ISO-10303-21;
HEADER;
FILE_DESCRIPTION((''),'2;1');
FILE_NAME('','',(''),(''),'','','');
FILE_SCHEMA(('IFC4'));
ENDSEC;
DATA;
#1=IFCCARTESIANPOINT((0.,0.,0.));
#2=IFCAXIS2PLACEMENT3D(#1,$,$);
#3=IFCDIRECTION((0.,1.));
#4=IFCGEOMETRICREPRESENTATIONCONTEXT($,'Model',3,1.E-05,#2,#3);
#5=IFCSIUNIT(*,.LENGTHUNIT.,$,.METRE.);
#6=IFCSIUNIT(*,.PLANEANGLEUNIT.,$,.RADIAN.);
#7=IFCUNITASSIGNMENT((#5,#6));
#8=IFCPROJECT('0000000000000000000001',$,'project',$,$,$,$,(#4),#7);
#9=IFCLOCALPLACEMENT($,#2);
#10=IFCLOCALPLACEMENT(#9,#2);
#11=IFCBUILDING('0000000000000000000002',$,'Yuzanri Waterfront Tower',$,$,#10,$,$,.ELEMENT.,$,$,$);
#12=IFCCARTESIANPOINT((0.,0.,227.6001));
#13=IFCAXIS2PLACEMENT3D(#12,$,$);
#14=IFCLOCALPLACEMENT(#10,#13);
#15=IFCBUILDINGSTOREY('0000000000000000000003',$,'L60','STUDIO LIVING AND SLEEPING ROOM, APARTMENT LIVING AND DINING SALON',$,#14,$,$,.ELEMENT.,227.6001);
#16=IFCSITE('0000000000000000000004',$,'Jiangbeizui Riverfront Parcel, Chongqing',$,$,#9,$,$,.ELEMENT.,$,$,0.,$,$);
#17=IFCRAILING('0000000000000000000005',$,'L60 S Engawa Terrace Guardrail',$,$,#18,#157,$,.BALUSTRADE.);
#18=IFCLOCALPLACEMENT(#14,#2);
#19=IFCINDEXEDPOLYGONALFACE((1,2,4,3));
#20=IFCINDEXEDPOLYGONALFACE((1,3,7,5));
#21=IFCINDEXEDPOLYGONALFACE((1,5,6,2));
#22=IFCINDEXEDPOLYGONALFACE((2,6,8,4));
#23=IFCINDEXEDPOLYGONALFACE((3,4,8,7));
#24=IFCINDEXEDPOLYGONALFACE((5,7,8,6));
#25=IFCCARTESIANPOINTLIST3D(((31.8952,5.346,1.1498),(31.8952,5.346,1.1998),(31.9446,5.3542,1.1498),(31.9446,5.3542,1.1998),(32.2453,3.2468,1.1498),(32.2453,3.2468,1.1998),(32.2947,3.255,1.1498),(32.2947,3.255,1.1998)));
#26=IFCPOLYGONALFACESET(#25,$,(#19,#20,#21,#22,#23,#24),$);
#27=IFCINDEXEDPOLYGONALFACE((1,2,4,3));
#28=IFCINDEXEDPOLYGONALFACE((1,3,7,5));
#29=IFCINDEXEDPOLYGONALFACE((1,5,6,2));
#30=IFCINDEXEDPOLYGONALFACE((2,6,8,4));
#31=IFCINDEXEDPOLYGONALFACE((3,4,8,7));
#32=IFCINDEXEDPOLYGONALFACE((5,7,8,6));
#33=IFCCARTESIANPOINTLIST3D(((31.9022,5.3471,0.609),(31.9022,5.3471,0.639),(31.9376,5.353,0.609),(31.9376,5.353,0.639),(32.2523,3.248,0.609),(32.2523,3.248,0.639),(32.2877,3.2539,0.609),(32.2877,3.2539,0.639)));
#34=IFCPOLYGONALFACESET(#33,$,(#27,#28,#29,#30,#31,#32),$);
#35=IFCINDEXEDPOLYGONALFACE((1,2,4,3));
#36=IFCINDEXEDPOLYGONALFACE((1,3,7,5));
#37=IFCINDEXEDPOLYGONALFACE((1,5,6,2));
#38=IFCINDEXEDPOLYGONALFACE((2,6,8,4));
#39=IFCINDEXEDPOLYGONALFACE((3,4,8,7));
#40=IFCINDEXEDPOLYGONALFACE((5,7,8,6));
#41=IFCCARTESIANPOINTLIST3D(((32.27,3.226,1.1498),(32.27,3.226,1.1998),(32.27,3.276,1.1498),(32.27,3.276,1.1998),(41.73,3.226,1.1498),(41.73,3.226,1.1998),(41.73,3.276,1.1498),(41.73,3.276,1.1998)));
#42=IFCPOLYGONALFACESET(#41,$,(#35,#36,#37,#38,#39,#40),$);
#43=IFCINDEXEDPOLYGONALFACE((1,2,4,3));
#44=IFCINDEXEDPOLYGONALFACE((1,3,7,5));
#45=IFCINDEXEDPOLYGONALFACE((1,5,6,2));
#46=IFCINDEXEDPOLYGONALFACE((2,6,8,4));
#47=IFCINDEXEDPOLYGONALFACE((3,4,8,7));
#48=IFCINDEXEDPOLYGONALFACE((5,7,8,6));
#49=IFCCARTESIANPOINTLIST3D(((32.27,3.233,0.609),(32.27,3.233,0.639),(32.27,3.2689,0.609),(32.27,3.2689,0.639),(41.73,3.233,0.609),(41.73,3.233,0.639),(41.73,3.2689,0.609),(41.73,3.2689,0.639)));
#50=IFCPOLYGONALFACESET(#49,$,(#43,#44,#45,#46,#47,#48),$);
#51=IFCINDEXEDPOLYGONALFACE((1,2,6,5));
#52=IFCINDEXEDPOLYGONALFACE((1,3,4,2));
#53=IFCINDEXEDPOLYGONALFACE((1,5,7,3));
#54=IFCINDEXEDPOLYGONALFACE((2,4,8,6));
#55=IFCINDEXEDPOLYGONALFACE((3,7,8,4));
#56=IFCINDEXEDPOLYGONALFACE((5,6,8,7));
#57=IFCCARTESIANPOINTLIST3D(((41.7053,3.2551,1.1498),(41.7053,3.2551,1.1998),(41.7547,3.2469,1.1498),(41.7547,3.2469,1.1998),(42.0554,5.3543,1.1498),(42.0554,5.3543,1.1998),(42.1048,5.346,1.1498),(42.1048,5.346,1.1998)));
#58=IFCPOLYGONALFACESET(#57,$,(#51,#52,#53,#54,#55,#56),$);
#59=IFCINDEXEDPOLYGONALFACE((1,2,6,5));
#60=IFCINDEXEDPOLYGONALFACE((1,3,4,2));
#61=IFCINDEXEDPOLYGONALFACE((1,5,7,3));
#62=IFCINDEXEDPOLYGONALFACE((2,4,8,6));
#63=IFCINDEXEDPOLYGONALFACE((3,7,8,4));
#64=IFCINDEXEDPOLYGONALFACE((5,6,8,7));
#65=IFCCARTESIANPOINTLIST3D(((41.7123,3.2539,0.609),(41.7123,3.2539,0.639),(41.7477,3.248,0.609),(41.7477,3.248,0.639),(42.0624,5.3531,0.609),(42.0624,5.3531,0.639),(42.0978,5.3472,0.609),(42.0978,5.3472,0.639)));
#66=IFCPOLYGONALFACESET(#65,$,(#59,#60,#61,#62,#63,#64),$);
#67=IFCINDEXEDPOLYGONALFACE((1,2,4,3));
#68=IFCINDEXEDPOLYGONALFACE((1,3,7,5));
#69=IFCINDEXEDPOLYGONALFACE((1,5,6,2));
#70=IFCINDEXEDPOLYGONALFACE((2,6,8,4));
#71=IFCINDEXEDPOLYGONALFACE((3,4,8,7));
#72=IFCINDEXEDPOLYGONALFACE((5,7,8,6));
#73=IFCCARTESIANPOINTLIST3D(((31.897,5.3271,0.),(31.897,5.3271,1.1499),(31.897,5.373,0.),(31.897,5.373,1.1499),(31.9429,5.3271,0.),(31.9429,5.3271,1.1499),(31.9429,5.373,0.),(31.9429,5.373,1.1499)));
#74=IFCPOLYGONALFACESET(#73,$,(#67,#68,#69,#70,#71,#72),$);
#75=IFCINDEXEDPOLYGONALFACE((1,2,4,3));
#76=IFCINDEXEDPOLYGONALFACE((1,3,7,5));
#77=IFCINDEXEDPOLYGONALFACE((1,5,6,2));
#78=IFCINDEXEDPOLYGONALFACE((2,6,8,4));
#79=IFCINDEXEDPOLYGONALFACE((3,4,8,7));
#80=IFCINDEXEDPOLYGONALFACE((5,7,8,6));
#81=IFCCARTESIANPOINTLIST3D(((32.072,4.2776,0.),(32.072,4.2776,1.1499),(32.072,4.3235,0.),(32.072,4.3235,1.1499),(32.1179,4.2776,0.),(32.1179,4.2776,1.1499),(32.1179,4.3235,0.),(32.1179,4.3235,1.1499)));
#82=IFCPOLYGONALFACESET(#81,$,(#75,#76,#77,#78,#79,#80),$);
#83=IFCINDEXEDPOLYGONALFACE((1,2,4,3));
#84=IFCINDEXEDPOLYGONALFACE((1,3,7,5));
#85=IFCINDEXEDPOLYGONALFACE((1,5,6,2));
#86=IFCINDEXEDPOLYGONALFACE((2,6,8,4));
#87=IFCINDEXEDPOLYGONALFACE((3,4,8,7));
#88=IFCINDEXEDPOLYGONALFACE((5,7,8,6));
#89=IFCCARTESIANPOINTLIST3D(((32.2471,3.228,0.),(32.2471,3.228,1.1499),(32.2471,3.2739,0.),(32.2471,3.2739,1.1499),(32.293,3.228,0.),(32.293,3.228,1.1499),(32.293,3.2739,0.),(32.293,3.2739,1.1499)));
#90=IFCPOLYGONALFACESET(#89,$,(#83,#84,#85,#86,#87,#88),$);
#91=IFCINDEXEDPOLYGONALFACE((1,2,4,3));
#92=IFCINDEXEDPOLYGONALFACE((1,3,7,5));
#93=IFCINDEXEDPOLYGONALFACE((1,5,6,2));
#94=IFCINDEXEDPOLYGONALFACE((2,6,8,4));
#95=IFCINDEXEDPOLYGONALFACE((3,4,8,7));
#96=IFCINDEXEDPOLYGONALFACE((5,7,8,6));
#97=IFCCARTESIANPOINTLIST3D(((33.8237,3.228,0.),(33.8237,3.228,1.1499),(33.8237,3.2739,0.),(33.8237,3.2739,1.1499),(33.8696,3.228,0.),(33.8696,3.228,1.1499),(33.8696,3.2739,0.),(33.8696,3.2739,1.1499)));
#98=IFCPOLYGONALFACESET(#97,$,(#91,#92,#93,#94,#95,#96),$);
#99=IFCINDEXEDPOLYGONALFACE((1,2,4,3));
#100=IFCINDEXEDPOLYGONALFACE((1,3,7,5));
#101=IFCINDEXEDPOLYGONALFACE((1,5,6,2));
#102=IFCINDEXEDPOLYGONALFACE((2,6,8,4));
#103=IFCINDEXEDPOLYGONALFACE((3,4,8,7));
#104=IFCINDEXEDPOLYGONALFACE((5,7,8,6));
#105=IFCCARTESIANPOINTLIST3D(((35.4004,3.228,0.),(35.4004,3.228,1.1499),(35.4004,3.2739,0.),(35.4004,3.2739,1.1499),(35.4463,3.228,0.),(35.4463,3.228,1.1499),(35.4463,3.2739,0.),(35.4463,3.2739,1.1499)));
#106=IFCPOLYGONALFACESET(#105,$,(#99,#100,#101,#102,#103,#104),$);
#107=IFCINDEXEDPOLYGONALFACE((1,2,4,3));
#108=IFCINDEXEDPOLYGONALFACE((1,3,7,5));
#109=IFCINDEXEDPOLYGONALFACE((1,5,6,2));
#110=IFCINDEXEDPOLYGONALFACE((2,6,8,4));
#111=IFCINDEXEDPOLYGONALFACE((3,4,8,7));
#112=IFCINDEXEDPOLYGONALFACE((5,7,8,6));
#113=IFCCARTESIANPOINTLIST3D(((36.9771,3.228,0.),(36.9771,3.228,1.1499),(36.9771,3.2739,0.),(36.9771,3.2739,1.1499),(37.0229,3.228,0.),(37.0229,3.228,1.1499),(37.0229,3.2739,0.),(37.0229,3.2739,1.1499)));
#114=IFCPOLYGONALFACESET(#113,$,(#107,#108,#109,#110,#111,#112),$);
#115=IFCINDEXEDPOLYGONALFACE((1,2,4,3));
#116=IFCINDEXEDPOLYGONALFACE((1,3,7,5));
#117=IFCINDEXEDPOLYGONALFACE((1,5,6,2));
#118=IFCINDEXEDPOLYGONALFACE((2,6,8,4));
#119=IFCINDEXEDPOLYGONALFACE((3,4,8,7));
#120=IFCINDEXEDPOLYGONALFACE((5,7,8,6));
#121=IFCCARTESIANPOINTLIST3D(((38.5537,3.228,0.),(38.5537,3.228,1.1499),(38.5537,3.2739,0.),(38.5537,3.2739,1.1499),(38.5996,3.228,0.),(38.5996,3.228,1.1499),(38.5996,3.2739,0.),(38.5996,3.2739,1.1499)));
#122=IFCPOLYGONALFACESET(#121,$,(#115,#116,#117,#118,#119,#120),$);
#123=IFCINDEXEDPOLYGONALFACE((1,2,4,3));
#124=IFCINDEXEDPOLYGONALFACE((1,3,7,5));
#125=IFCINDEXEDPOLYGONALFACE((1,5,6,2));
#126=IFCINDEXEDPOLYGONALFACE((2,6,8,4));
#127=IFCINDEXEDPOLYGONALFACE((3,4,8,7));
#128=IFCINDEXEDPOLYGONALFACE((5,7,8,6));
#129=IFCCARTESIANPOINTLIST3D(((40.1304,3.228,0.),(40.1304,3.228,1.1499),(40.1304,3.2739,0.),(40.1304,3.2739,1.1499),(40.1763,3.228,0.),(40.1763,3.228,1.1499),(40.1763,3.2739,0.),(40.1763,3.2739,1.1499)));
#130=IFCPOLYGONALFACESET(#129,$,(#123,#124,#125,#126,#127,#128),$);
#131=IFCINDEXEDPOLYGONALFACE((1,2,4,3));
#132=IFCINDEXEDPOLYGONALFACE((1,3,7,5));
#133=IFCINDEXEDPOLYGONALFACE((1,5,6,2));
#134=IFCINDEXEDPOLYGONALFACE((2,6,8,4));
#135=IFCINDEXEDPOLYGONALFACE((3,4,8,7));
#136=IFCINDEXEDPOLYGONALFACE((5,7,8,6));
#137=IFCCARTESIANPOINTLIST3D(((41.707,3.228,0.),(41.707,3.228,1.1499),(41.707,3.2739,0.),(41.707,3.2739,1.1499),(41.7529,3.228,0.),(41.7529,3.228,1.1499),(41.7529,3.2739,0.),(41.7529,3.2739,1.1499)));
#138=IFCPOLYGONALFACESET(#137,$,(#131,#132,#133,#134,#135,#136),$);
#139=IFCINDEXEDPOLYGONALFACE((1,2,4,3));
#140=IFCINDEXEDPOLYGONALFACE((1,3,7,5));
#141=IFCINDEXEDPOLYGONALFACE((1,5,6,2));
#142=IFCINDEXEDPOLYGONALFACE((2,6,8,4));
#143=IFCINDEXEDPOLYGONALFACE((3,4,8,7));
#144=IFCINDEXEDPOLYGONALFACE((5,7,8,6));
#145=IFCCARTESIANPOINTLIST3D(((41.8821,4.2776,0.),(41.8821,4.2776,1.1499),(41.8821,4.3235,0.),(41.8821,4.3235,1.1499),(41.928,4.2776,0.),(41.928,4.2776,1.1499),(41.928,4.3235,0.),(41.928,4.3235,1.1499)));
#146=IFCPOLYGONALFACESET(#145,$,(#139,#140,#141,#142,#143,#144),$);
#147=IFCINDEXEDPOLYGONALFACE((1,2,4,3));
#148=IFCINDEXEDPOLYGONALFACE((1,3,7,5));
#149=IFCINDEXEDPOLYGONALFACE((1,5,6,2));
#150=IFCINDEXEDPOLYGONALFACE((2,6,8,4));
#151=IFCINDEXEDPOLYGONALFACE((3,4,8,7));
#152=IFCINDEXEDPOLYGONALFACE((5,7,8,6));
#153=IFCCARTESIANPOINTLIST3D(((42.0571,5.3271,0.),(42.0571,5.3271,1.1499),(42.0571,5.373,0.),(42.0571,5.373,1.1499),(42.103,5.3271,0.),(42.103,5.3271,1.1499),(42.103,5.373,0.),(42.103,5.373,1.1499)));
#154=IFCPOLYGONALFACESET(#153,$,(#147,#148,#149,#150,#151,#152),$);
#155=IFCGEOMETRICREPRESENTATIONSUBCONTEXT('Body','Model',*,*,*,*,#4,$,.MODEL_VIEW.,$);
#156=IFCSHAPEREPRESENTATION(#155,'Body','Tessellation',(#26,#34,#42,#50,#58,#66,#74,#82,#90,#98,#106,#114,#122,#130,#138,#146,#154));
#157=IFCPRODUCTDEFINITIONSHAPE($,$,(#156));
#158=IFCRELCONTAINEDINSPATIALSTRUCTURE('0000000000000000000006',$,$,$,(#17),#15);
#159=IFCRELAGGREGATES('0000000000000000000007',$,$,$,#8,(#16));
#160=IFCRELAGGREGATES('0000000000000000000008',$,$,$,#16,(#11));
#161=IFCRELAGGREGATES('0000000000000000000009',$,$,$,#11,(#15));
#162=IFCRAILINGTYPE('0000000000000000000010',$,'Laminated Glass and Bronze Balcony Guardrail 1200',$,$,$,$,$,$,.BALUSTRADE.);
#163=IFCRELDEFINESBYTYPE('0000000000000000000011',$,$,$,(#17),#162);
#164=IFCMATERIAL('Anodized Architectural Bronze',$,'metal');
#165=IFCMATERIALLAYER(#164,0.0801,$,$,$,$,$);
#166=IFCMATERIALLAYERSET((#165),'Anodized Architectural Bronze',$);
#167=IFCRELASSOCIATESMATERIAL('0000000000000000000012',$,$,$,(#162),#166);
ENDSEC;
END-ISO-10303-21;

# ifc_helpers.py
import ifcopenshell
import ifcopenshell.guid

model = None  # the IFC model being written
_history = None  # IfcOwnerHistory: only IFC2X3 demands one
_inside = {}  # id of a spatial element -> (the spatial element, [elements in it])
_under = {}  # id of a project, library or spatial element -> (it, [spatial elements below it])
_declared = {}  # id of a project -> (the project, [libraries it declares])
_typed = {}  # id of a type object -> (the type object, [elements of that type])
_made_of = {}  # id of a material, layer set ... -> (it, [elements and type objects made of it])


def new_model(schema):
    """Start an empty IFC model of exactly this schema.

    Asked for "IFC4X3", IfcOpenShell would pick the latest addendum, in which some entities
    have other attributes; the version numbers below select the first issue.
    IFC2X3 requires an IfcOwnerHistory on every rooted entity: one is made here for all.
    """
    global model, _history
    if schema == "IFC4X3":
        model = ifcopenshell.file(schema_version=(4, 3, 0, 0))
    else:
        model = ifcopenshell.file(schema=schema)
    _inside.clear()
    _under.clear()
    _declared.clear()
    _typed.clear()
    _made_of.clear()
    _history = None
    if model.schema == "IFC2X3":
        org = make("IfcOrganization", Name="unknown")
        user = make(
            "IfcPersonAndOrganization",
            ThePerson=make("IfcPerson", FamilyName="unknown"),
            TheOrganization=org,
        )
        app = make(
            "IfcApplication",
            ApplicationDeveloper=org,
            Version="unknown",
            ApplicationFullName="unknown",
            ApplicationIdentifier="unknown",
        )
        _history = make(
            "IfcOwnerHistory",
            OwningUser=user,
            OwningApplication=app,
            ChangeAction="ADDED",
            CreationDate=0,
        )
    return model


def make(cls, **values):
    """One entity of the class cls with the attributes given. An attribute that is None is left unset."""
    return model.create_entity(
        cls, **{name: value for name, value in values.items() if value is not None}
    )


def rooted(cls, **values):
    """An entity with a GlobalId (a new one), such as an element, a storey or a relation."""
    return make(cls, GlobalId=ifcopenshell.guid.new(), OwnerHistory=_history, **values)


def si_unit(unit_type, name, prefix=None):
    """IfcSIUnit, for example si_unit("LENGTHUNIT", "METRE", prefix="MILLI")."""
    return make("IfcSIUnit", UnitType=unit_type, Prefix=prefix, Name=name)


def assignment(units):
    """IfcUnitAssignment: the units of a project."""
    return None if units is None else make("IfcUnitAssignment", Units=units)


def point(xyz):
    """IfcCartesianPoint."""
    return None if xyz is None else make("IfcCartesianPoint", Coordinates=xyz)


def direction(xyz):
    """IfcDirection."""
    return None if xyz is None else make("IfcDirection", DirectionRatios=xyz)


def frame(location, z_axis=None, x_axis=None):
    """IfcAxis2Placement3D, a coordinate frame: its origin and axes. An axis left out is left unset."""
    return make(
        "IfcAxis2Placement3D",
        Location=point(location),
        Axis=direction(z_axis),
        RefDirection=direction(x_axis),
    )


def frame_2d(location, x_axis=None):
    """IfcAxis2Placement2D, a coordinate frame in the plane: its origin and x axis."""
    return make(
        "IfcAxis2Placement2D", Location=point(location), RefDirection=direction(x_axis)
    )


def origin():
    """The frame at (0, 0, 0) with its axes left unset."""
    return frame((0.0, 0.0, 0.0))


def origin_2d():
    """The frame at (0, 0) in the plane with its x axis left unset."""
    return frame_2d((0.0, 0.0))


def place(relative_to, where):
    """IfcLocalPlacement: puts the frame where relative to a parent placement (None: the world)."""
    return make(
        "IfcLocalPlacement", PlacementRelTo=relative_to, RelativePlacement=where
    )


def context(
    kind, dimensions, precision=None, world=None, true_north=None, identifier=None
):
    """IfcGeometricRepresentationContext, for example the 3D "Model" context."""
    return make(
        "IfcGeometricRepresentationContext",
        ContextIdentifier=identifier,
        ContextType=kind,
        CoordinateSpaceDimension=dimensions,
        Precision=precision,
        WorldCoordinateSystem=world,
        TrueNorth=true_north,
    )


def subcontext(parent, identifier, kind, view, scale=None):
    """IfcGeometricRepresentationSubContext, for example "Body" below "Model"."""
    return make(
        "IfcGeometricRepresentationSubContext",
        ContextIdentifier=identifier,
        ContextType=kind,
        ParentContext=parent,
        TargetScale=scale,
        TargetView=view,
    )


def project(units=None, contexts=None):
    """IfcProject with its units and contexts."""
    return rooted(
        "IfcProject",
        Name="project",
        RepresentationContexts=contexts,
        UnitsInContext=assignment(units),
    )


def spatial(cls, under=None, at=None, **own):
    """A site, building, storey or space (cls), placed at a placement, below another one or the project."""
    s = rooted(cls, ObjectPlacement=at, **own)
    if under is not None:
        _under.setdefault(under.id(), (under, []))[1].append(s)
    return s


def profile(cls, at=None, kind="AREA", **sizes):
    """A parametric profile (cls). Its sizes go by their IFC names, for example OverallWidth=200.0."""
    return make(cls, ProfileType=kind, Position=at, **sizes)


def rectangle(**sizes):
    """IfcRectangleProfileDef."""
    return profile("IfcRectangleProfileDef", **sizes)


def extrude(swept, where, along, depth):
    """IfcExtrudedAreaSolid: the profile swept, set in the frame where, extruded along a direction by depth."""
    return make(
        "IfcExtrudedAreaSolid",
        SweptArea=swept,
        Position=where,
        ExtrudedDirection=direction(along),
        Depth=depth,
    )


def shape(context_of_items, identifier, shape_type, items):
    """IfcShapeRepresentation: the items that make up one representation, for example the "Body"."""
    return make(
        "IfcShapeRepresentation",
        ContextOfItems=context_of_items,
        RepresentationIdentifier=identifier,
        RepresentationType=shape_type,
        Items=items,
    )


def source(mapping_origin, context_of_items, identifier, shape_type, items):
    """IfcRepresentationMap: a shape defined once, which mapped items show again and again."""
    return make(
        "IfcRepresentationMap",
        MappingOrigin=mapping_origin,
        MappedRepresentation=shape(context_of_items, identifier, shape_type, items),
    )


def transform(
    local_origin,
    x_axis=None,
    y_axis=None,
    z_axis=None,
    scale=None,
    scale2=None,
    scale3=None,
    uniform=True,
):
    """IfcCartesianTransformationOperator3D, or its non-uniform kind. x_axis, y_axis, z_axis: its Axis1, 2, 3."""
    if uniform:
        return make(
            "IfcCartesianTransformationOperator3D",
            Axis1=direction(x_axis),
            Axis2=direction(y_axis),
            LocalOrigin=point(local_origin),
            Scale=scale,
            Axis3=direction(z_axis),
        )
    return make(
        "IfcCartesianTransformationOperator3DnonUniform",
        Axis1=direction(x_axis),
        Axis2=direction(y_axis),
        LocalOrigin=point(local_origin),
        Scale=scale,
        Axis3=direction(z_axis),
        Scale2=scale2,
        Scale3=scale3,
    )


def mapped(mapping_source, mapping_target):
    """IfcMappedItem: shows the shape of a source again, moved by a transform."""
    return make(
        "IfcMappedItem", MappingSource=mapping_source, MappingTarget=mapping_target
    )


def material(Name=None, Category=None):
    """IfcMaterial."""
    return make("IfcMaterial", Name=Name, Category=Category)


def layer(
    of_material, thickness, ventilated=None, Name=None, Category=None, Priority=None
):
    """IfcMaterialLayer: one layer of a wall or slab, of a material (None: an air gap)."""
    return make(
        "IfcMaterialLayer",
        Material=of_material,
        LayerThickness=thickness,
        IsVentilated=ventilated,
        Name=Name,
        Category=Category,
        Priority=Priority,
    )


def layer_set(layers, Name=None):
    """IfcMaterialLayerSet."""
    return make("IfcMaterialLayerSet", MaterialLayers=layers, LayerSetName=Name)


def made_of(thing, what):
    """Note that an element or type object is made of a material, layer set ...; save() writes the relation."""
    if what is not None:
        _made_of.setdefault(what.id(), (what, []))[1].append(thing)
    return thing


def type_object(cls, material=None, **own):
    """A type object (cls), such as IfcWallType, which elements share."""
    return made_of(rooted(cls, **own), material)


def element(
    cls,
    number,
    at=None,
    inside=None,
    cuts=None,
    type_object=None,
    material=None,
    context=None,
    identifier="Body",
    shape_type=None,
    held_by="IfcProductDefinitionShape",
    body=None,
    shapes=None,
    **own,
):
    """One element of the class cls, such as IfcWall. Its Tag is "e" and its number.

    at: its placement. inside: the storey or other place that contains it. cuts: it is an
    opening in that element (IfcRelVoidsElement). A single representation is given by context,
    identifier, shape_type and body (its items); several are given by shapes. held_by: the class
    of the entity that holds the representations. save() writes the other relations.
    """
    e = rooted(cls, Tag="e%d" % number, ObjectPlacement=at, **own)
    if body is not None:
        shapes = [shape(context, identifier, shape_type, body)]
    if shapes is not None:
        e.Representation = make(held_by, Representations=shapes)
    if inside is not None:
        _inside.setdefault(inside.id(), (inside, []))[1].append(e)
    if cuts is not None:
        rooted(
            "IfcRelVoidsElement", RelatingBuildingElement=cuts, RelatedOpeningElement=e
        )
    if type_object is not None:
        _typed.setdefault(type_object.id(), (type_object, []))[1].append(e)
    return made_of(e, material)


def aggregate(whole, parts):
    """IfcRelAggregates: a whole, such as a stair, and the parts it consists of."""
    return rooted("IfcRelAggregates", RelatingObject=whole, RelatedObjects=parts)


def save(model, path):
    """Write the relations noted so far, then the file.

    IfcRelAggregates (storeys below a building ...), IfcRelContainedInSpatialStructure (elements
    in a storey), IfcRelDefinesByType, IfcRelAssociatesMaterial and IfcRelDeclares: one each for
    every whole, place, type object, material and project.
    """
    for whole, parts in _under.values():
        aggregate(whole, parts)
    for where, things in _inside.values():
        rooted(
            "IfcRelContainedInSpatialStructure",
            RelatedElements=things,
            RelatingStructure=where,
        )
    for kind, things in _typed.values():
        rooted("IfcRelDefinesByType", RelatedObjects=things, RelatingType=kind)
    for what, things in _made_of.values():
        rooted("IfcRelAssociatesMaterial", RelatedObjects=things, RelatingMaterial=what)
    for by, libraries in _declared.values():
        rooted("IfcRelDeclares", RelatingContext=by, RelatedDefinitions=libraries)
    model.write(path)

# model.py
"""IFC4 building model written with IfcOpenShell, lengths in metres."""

from ifc_helpers import new_model, si_unit, direction, frame, origin, origin_2d, place, context, subcontext, project, spatial, rectangle, extrude, source, transform, mapped, material, layer, layer_set, type_object, element, save


model = new_model("IFC4")

# Units and contexts
model_context = context("Model", 3, precision=1e-05, world=origin(), true_north=direction((0.0, 1.0)))
body_context = subcontext(model_context, "Body", "Model", "MODEL_VIEW")
ifc_project = project(units=[si_unit("LENGTHUNIT", "METRE"), si_unit("PLANEANGLEUNIT", "RADIAN")], contexts=[model_context])

# Site, building, storey
site_placement = place(None, origin())
site = spatial("IfcSite", under=ifc_project, at=site_placement, Name="Jiangbeizui Riverfront Parcel, Chongqing", CompositionType="ELEMENT", RefElevation=0.0)
building_placement = place(site_placement, origin())
building = spatial("IfcBuilding", under=site, at=building_placement, Name="Yuzanri Waterfront Tower", CompositionType="ELEMENT")
storey_placement = place(building_placement, frame((0.0, 0.0, 227.6001)))
storey = spatial("IfcBuildingStorey", under=building, at=storey_placement, Name="L60", Description="STUDIO LIVING AND SLEEPING ROOM, APARTMENT LIVING AND DINING SALON", CompositionType="ELEMENT", Elevation=227.6001)

# Railing
ifc_material_1 = material(Name="Anodized Architectural Bronze", Category="metal")
ifc_layer_1 = layer(ifc_material_1, 0.0801)
ifc_layer_set_1 = layer_set([ifc_layer_1], Name="Anodized Architectural Bronze")
railing_type = type_object("IfcRailingType", Name="Laminated Glass and Bronze Balcony Guardrail 1200", PredefinedType="BALUSTRADE", material=ifc_layer_set_1)
shared_shape_1 = source(origin(), body_context, "Body", "SweptSolid", [
    extrude(rectangle(XDim=0.05, YDim=0.05, at=origin_2d()), frame((0.0, 0.0, 1.1748), z_axis=(0.164511, -0.986375, 0.0), x_axis=(0.986375, 0.164511, 0.0)), (0.0, 0.0, 1.0), 2.1282),
    extrude(rectangle(XDim=0.0359, YDim=0.03, at=origin_2d()), frame((0.0, 0.0, 0.624), z_axis=(0.164511, -0.986375, 0.0), x_axis=(0.986375, 0.164511, 0.0)), (0.0, 0.0, 1.0), 2.1282),
    extrude(rectangle(XDim=0.05, YDim=0.05, at=origin_2d()), frame((0.3501, -2.0991, 1.1748), z_axis=(1.0, 0.0, 0.0), x_axis=(0.0, 1.0, 0.0)), (0.0, 0.0, 1.0), 9.46),
    extrude(rectangle(XDim=0.0359, YDim=0.03, at=origin_2d()), frame((0.3501, -2.0991, 0.624), z_axis=(1.0, 0.0, 0.0), x_axis=(0.0, 1.0, 0.0)), (0.0, 0.0, 1.0), 9.46),
    extrude(rectangle(XDim=0.05, YDim=0.05, at=origin_2d()), frame((9.8101, -2.0991, 1.1748), z_axis=(0.164511, 0.986375, 0.0), x_axis=(-0.986375, 0.164511, 0.0)), (0.0, 0.0, 1.0), 2.1282),
    extrude(rectangle(XDim=0.0359, YDim=0.03, at=origin_2d()), frame((9.8101, -2.0991, 0.624), z_axis=(0.164511, 0.986375, 0.0), x_axis=(-0.986375, 0.164511, 0.0)), (0.0, 0.0, 1.0), 2.1282),
    extrude(rectangle(XDim=0.0459, YDim=0.0459, at=origin_2d()), origin(), (0.0, 0.0, 1.0), 1.1499),
    extrude(rectangle(XDim=0.0459, YDim=0.0459, at=origin_2d()), frame((0.175, -1.0496, 0.0)), (0.0, 0.0, 1.0), 1.1499),
    extrude(rectangle(XDim=0.0459, YDim=0.0459, at=origin_2d()), frame((0.3501, -2.0991, 0.0)), (0.0, 0.0, 1.0), 1.1499),
    extrude(rectangle(XDim=0.0459, YDim=0.0459, at=origin_2d()), frame((1.9268, -2.0991, 0.0)), (0.0, 0.0, 1.0), 1.1499),
    extrude(rectangle(XDim=0.0459, YDim=0.0459, at=origin_2d()), frame((3.5034, -2.0991, 0.0)), (0.0, 0.0, 1.0), 1.1499),
    extrude(rectangle(XDim=0.0459, YDim=0.0459, at=origin_2d()), frame((5.0801, -2.0991, 0.0)), (0.0, 0.0, 1.0), 1.1499),
    extrude(rectangle(XDim=0.0459, YDim=0.0459, at=origin_2d()), frame((6.6567, -2.0991, 0.0)), (0.0, 0.0, 1.0), 1.1499),
    extrude(rectangle(XDim=0.0459, YDim=0.0459, at=origin_2d()), frame((8.2334, -2.0991, 0.0)), (0.0, 0.0, 1.0), 1.1499),
    extrude(rectangle(XDim=0.0459, YDim=0.0459, at=origin_2d()), frame((9.8101, -2.0991, 0.0)), (0.0, 0.0, 1.0), 1.1499),
    extrude(rectangle(XDim=0.0459, YDim=0.0459, at=origin_2d()), frame((9.9851, -1.0496, 0.0)), (0.0, 0.0, 1.0), 1.1499),
    extrude(rectangle(XDim=0.0459, YDim=0.0459, at=origin_2d()), frame((10.1602, 0.0, 0.0)), (0.0, 0.0, 1.0), 1.1499),
])
railing_placement = place(storey_placement, frame((31.9199, 5.3501, 0.0)))
element("IfcRailing", 1, at=railing_placement, inside=storey, type_object=railing_type, Name="L60 S Engawa Terrace Guardrail", PredefinedType="BALUSTRADE", context=body_context, shape_type="MappedRepresentation", body=[
    mapped(shared_shape_1, transform((0.0, 0.0, 0.0), scale=1.0)),
])

save(model, "model.ifc")
